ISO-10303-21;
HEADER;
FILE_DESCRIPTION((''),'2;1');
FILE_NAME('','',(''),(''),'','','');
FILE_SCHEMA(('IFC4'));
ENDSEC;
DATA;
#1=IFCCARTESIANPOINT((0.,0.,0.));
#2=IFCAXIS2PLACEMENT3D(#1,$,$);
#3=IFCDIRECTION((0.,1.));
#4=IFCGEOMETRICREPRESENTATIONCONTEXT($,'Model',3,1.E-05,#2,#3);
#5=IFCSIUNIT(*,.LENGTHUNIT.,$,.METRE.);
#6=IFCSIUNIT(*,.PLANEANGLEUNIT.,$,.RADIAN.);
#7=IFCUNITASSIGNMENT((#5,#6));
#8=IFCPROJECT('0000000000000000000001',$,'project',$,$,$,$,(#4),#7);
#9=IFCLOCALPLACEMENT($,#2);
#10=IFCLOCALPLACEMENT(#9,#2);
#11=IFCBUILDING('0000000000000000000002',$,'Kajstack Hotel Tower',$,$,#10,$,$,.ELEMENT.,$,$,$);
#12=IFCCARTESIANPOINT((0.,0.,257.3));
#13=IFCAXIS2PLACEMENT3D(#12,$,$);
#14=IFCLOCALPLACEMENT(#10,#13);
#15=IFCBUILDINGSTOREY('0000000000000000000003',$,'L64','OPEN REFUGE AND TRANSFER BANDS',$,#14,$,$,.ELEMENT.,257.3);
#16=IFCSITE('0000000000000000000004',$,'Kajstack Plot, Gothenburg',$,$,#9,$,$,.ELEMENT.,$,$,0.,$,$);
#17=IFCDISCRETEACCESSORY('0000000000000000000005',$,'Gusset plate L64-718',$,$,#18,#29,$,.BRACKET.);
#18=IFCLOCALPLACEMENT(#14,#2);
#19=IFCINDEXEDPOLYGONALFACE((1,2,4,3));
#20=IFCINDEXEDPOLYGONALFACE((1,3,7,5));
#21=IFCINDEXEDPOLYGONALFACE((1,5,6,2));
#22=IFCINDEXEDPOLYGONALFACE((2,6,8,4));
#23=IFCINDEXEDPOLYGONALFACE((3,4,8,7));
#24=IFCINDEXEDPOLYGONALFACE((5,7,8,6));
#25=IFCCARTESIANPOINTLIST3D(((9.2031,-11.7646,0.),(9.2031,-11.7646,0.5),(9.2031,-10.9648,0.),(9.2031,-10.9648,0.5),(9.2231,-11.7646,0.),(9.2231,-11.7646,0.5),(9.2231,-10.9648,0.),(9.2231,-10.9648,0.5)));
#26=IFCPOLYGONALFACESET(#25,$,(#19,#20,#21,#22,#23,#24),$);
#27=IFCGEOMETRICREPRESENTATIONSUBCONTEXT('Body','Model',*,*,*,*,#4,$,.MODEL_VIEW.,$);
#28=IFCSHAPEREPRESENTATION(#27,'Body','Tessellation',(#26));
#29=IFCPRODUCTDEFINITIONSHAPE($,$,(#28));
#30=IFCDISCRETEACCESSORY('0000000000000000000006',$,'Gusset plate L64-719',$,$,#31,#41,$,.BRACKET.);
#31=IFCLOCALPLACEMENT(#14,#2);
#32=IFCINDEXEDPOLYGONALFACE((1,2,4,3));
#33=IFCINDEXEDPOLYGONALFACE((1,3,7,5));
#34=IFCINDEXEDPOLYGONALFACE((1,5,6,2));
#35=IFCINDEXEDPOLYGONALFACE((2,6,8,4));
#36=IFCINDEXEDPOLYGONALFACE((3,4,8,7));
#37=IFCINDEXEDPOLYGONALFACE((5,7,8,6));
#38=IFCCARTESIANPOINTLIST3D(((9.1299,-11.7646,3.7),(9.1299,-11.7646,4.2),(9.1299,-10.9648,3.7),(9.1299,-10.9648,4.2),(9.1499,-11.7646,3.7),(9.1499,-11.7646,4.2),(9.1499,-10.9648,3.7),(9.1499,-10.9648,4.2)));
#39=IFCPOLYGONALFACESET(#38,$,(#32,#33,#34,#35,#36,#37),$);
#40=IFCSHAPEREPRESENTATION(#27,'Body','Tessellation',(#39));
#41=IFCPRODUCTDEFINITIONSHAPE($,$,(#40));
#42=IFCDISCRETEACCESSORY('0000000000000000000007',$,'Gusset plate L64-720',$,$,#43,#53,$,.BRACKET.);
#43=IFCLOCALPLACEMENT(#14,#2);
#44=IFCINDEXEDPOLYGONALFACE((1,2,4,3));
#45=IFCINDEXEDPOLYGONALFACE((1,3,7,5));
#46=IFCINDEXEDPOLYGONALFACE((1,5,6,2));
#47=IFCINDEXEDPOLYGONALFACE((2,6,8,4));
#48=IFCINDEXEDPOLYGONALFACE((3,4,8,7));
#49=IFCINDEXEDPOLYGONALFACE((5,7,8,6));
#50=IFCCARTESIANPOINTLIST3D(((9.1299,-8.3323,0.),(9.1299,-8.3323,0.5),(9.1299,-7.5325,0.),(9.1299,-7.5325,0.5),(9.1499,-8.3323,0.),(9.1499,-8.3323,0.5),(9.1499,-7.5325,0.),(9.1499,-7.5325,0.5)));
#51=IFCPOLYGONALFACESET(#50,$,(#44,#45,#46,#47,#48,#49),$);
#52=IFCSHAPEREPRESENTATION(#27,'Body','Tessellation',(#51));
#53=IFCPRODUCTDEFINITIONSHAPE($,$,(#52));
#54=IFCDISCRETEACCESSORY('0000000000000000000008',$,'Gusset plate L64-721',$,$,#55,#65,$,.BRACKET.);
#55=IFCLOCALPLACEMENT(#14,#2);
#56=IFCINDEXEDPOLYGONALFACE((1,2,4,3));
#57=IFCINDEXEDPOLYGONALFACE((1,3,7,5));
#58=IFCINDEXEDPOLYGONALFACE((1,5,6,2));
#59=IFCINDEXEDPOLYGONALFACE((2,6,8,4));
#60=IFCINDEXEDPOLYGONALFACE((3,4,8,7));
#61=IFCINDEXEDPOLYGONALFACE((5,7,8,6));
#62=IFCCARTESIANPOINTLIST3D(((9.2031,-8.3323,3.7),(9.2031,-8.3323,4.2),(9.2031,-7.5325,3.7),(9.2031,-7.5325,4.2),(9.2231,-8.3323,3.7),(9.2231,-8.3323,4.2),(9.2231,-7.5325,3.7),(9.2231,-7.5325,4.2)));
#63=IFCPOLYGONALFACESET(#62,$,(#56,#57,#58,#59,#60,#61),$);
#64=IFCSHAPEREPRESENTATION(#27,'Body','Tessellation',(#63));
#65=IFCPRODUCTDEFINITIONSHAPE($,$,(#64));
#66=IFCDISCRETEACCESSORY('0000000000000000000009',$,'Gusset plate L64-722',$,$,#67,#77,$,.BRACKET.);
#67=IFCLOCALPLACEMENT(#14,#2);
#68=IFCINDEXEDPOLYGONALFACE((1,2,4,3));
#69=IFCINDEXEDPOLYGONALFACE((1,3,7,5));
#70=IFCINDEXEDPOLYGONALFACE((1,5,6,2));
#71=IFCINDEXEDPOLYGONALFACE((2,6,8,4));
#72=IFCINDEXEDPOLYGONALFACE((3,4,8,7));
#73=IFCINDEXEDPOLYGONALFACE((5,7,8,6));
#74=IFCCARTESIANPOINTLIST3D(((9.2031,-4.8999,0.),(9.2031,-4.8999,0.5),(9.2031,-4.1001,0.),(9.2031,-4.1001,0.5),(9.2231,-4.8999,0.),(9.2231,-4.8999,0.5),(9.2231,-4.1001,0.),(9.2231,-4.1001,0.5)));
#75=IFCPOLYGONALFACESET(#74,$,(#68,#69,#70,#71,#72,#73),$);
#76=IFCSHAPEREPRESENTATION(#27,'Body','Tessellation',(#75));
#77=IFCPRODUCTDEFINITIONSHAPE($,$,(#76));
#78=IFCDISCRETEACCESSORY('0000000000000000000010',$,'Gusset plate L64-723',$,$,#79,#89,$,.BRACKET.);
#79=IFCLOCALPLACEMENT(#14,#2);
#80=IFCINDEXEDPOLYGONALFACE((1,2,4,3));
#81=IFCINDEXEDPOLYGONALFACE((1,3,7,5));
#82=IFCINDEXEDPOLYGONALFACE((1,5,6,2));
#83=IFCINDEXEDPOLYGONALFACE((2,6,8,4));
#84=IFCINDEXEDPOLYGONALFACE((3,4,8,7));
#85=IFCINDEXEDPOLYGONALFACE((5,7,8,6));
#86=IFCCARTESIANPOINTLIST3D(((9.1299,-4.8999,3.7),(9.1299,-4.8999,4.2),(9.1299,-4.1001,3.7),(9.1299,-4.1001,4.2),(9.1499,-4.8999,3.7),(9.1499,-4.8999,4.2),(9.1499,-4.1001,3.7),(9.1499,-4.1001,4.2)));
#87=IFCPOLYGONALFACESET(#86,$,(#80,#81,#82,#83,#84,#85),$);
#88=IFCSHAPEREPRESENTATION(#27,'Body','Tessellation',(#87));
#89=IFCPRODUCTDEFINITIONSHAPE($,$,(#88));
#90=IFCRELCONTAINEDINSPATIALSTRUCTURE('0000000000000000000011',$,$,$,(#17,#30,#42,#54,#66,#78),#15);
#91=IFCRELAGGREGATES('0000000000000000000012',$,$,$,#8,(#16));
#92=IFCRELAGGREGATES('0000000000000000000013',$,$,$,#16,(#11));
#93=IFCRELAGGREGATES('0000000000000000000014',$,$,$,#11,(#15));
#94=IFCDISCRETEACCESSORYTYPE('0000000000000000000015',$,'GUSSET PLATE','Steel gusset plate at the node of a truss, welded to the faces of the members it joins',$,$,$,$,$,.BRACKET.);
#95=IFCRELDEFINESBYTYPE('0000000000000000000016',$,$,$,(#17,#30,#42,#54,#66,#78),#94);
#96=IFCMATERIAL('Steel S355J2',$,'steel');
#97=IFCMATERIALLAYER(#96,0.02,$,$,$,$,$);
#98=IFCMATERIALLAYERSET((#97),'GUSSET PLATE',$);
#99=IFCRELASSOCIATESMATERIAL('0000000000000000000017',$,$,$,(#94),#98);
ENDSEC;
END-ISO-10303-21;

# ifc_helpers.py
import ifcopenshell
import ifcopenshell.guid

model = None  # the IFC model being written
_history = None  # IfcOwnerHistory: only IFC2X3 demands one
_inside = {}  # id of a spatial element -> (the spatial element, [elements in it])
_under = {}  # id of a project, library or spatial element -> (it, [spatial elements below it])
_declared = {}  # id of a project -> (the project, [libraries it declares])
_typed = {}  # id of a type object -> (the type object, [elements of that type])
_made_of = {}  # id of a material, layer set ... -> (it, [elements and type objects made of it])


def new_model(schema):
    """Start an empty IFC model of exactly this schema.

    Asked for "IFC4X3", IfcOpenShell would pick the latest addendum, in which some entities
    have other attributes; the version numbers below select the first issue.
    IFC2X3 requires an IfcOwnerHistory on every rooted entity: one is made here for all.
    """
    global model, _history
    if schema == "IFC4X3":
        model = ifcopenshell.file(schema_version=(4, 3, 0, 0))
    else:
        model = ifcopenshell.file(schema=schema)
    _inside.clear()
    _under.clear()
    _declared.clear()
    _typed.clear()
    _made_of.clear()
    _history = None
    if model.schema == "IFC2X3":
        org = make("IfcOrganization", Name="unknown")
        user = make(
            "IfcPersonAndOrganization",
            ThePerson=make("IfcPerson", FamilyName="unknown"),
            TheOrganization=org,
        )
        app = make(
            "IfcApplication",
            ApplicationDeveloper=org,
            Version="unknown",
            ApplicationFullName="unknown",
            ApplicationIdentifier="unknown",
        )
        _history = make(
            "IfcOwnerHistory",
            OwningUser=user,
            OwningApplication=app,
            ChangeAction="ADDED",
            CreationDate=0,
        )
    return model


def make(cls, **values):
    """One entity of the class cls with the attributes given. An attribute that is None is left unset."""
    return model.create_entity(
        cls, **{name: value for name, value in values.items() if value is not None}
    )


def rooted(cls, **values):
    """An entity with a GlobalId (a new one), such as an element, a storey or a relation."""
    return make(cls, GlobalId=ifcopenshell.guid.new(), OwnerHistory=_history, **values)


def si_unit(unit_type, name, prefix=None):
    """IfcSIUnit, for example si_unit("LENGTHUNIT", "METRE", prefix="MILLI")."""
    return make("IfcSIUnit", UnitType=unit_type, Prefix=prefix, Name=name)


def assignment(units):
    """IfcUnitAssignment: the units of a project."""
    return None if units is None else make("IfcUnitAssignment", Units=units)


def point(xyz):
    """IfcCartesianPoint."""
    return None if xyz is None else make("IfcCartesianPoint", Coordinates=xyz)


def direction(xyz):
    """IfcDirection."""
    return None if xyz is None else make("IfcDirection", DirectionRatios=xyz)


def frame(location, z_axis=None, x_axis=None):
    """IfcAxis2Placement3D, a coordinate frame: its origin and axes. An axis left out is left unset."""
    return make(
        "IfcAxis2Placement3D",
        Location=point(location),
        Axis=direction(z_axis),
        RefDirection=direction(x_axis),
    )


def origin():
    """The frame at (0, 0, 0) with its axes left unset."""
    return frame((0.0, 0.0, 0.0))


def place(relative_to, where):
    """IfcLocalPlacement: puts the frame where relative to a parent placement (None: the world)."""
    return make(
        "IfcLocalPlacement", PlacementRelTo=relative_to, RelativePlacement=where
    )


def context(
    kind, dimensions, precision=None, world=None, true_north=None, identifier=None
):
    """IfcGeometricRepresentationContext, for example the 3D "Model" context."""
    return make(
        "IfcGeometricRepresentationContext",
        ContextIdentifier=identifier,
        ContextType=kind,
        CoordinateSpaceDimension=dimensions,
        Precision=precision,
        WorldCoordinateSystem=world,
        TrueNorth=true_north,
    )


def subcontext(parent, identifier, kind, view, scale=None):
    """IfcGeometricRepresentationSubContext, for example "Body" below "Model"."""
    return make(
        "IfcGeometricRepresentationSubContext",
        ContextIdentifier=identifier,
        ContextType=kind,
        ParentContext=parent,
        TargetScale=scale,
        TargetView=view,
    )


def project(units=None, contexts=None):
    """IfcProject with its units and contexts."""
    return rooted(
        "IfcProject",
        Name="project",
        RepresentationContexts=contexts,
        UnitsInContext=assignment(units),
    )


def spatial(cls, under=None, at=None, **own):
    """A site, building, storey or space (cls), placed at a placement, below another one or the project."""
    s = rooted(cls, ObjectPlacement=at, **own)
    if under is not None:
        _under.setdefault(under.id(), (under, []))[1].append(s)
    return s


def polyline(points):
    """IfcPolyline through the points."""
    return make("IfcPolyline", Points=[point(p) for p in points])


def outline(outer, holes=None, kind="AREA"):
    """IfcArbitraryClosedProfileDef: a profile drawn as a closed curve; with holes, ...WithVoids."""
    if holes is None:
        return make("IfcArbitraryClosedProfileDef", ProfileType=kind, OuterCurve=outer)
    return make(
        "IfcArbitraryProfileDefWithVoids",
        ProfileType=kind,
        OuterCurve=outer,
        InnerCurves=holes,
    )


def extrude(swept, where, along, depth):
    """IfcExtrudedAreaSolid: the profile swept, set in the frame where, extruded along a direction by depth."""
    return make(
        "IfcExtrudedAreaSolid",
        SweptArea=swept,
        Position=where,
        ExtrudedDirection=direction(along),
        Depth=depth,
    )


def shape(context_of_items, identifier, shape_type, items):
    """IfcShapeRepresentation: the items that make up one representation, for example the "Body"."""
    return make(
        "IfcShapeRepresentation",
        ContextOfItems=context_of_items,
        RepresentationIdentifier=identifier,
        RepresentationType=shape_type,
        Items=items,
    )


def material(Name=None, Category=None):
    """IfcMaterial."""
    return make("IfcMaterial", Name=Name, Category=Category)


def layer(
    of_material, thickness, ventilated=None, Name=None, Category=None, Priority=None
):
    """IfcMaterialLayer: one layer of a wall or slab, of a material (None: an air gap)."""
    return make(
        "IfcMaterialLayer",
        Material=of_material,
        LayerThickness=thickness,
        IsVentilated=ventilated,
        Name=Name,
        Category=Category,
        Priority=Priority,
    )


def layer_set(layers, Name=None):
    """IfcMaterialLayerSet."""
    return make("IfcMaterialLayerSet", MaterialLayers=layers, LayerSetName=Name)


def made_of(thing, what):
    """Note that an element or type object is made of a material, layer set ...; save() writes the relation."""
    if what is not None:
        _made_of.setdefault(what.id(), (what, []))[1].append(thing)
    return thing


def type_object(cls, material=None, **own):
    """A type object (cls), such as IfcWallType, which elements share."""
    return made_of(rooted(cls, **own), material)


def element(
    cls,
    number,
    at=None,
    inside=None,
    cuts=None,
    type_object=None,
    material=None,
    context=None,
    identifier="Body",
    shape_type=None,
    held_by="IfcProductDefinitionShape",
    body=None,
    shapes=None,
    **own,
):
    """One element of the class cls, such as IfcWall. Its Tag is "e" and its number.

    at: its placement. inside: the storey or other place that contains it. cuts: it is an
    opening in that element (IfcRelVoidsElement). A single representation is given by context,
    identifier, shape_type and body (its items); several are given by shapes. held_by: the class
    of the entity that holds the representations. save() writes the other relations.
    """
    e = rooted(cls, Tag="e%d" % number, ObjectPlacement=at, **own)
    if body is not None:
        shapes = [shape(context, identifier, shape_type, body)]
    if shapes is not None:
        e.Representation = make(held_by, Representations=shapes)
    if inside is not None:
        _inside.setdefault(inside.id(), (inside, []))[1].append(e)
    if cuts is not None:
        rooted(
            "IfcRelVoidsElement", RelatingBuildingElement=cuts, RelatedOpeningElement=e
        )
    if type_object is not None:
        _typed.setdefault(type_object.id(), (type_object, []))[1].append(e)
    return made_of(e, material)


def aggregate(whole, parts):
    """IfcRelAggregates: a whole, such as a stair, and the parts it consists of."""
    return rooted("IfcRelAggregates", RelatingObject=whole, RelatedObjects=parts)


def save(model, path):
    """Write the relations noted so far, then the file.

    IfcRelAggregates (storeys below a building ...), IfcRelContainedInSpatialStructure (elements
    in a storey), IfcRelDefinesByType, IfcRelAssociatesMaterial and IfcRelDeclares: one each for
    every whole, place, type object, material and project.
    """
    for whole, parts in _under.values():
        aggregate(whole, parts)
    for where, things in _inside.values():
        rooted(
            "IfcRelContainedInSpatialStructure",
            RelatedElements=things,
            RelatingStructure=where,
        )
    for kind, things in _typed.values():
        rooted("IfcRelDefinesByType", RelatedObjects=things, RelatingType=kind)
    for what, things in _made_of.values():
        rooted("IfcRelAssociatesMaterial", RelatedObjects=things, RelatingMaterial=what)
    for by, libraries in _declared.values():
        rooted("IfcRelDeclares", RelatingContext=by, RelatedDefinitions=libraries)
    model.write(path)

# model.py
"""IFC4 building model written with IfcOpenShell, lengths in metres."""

from ifc_helpers import new_model, si_unit, direction, frame, origin, place, context, subcontext, project, spatial, polyline, outline, extrude, material, layer, layer_set, type_object, element, save


model = new_model("IFC4")

# Units and contexts
model_context = context("Model", 3, precision=1e-05, world=origin(), true_north=direction((0.0, 1.0)))
body_context = subcontext(model_context, "Body", "Model", "MODEL_VIEW")
ifc_project = project(units=[si_unit("LENGTHUNIT", "METRE"), si_unit("PLANEANGLEUNIT", "RADIAN")], contexts=[model_context])

# Site, building, storey
site_placement = place(None, origin())
site = spatial("IfcSite", under=ifc_project, at=site_placement, Name="Kajstack Plot, Gothenburg", CompositionType="ELEMENT", RefElevation=0.0)
building_placement = place(site_placement, origin())
building = spatial("IfcBuilding", under=site, at=building_placement, Name="Kajstack Hotel Tower", CompositionType="ELEMENT")
storey_placement = place(building_placement, frame((0.0, 0.0, 257.3)))
storey = spatial("IfcBuildingStorey", under=building, at=storey_placement, Name="L64", Description="OPEN REFUGE AND TRANSFER BANDS", CompositionType="ELEMENT", Elevation=257.3)

# Shared definitions
ifc_material = material(Name="Steel S355J2", Category="steel")

# Discrete accessories
ifc_layer = layer(ifc_material, 0.02)
ifc_layer_set = layer_set([ifc_layer], Name="GUSSET PLATE")
discrete_accessory_type = type_object("IfcDiscreteAccessoryType", Name="GUSSET PLATE", Description="Steel gusset plate at the node of a truss, welded to the faces of the members it joins", PredefinedType="BRACKET", material=ifc_layer_set)
for number, where, z_axis, x_axis, name in (
    (1, (9.2031, -11.3647, 0.0), (1.0, 0.0, 0.0), (0.0, 1.0, 0.0), "Gusset plate L64-718"),
    (2, (9.1299, -11.3647, 3.7), (1.0, 0.0, 0.0), (0.0, 1.0, 0.0), "Gusset plate L64-719"),
    (3, (9.1299, -7.9324, 0.0), (1.0, 0.0, 0.0), (0.0, 1.0, 0.0), "Gusset plate L64-720"),
    (4, (9.2031, -7.9324, 3.7), (1.0, 0.0, 0.0), (0.0, 1.0, 0.0), "Gusset plate L64-721"),
    (5, (9.2031, -4.5, 0.0), (1.0, 0.0, 0.0), (0.0, 1.0, 0.0), "Gusset plate L64-722"),
    (6, (9.1299, -4.5, 3.7), (1.0, 0.0, 0.0), (0.0, 1.0, 0.0), "Gusset plate L64-723"),
):
    element("IfcDiscreteAccessory", number, at=place(storey_placement, frame(where, z_axis=z_axis, x_axis=x_axis)), inside=storey, type_object=discrete_accessory_type, Name=name, PredefinedType="BRACKET", context=body_context, shape_type="SweptSolid", body=[
        extrude(outline(polyline([(-0.3999, 0.0), (0.3999, 0.0), (0.3999, 0.5), (-0.3999, 0.5), (-0.3999, 0.0)])), origin(), (0.0, 0.0, 1.0), 0.02),
    ])

save(model, "model.ifc")
